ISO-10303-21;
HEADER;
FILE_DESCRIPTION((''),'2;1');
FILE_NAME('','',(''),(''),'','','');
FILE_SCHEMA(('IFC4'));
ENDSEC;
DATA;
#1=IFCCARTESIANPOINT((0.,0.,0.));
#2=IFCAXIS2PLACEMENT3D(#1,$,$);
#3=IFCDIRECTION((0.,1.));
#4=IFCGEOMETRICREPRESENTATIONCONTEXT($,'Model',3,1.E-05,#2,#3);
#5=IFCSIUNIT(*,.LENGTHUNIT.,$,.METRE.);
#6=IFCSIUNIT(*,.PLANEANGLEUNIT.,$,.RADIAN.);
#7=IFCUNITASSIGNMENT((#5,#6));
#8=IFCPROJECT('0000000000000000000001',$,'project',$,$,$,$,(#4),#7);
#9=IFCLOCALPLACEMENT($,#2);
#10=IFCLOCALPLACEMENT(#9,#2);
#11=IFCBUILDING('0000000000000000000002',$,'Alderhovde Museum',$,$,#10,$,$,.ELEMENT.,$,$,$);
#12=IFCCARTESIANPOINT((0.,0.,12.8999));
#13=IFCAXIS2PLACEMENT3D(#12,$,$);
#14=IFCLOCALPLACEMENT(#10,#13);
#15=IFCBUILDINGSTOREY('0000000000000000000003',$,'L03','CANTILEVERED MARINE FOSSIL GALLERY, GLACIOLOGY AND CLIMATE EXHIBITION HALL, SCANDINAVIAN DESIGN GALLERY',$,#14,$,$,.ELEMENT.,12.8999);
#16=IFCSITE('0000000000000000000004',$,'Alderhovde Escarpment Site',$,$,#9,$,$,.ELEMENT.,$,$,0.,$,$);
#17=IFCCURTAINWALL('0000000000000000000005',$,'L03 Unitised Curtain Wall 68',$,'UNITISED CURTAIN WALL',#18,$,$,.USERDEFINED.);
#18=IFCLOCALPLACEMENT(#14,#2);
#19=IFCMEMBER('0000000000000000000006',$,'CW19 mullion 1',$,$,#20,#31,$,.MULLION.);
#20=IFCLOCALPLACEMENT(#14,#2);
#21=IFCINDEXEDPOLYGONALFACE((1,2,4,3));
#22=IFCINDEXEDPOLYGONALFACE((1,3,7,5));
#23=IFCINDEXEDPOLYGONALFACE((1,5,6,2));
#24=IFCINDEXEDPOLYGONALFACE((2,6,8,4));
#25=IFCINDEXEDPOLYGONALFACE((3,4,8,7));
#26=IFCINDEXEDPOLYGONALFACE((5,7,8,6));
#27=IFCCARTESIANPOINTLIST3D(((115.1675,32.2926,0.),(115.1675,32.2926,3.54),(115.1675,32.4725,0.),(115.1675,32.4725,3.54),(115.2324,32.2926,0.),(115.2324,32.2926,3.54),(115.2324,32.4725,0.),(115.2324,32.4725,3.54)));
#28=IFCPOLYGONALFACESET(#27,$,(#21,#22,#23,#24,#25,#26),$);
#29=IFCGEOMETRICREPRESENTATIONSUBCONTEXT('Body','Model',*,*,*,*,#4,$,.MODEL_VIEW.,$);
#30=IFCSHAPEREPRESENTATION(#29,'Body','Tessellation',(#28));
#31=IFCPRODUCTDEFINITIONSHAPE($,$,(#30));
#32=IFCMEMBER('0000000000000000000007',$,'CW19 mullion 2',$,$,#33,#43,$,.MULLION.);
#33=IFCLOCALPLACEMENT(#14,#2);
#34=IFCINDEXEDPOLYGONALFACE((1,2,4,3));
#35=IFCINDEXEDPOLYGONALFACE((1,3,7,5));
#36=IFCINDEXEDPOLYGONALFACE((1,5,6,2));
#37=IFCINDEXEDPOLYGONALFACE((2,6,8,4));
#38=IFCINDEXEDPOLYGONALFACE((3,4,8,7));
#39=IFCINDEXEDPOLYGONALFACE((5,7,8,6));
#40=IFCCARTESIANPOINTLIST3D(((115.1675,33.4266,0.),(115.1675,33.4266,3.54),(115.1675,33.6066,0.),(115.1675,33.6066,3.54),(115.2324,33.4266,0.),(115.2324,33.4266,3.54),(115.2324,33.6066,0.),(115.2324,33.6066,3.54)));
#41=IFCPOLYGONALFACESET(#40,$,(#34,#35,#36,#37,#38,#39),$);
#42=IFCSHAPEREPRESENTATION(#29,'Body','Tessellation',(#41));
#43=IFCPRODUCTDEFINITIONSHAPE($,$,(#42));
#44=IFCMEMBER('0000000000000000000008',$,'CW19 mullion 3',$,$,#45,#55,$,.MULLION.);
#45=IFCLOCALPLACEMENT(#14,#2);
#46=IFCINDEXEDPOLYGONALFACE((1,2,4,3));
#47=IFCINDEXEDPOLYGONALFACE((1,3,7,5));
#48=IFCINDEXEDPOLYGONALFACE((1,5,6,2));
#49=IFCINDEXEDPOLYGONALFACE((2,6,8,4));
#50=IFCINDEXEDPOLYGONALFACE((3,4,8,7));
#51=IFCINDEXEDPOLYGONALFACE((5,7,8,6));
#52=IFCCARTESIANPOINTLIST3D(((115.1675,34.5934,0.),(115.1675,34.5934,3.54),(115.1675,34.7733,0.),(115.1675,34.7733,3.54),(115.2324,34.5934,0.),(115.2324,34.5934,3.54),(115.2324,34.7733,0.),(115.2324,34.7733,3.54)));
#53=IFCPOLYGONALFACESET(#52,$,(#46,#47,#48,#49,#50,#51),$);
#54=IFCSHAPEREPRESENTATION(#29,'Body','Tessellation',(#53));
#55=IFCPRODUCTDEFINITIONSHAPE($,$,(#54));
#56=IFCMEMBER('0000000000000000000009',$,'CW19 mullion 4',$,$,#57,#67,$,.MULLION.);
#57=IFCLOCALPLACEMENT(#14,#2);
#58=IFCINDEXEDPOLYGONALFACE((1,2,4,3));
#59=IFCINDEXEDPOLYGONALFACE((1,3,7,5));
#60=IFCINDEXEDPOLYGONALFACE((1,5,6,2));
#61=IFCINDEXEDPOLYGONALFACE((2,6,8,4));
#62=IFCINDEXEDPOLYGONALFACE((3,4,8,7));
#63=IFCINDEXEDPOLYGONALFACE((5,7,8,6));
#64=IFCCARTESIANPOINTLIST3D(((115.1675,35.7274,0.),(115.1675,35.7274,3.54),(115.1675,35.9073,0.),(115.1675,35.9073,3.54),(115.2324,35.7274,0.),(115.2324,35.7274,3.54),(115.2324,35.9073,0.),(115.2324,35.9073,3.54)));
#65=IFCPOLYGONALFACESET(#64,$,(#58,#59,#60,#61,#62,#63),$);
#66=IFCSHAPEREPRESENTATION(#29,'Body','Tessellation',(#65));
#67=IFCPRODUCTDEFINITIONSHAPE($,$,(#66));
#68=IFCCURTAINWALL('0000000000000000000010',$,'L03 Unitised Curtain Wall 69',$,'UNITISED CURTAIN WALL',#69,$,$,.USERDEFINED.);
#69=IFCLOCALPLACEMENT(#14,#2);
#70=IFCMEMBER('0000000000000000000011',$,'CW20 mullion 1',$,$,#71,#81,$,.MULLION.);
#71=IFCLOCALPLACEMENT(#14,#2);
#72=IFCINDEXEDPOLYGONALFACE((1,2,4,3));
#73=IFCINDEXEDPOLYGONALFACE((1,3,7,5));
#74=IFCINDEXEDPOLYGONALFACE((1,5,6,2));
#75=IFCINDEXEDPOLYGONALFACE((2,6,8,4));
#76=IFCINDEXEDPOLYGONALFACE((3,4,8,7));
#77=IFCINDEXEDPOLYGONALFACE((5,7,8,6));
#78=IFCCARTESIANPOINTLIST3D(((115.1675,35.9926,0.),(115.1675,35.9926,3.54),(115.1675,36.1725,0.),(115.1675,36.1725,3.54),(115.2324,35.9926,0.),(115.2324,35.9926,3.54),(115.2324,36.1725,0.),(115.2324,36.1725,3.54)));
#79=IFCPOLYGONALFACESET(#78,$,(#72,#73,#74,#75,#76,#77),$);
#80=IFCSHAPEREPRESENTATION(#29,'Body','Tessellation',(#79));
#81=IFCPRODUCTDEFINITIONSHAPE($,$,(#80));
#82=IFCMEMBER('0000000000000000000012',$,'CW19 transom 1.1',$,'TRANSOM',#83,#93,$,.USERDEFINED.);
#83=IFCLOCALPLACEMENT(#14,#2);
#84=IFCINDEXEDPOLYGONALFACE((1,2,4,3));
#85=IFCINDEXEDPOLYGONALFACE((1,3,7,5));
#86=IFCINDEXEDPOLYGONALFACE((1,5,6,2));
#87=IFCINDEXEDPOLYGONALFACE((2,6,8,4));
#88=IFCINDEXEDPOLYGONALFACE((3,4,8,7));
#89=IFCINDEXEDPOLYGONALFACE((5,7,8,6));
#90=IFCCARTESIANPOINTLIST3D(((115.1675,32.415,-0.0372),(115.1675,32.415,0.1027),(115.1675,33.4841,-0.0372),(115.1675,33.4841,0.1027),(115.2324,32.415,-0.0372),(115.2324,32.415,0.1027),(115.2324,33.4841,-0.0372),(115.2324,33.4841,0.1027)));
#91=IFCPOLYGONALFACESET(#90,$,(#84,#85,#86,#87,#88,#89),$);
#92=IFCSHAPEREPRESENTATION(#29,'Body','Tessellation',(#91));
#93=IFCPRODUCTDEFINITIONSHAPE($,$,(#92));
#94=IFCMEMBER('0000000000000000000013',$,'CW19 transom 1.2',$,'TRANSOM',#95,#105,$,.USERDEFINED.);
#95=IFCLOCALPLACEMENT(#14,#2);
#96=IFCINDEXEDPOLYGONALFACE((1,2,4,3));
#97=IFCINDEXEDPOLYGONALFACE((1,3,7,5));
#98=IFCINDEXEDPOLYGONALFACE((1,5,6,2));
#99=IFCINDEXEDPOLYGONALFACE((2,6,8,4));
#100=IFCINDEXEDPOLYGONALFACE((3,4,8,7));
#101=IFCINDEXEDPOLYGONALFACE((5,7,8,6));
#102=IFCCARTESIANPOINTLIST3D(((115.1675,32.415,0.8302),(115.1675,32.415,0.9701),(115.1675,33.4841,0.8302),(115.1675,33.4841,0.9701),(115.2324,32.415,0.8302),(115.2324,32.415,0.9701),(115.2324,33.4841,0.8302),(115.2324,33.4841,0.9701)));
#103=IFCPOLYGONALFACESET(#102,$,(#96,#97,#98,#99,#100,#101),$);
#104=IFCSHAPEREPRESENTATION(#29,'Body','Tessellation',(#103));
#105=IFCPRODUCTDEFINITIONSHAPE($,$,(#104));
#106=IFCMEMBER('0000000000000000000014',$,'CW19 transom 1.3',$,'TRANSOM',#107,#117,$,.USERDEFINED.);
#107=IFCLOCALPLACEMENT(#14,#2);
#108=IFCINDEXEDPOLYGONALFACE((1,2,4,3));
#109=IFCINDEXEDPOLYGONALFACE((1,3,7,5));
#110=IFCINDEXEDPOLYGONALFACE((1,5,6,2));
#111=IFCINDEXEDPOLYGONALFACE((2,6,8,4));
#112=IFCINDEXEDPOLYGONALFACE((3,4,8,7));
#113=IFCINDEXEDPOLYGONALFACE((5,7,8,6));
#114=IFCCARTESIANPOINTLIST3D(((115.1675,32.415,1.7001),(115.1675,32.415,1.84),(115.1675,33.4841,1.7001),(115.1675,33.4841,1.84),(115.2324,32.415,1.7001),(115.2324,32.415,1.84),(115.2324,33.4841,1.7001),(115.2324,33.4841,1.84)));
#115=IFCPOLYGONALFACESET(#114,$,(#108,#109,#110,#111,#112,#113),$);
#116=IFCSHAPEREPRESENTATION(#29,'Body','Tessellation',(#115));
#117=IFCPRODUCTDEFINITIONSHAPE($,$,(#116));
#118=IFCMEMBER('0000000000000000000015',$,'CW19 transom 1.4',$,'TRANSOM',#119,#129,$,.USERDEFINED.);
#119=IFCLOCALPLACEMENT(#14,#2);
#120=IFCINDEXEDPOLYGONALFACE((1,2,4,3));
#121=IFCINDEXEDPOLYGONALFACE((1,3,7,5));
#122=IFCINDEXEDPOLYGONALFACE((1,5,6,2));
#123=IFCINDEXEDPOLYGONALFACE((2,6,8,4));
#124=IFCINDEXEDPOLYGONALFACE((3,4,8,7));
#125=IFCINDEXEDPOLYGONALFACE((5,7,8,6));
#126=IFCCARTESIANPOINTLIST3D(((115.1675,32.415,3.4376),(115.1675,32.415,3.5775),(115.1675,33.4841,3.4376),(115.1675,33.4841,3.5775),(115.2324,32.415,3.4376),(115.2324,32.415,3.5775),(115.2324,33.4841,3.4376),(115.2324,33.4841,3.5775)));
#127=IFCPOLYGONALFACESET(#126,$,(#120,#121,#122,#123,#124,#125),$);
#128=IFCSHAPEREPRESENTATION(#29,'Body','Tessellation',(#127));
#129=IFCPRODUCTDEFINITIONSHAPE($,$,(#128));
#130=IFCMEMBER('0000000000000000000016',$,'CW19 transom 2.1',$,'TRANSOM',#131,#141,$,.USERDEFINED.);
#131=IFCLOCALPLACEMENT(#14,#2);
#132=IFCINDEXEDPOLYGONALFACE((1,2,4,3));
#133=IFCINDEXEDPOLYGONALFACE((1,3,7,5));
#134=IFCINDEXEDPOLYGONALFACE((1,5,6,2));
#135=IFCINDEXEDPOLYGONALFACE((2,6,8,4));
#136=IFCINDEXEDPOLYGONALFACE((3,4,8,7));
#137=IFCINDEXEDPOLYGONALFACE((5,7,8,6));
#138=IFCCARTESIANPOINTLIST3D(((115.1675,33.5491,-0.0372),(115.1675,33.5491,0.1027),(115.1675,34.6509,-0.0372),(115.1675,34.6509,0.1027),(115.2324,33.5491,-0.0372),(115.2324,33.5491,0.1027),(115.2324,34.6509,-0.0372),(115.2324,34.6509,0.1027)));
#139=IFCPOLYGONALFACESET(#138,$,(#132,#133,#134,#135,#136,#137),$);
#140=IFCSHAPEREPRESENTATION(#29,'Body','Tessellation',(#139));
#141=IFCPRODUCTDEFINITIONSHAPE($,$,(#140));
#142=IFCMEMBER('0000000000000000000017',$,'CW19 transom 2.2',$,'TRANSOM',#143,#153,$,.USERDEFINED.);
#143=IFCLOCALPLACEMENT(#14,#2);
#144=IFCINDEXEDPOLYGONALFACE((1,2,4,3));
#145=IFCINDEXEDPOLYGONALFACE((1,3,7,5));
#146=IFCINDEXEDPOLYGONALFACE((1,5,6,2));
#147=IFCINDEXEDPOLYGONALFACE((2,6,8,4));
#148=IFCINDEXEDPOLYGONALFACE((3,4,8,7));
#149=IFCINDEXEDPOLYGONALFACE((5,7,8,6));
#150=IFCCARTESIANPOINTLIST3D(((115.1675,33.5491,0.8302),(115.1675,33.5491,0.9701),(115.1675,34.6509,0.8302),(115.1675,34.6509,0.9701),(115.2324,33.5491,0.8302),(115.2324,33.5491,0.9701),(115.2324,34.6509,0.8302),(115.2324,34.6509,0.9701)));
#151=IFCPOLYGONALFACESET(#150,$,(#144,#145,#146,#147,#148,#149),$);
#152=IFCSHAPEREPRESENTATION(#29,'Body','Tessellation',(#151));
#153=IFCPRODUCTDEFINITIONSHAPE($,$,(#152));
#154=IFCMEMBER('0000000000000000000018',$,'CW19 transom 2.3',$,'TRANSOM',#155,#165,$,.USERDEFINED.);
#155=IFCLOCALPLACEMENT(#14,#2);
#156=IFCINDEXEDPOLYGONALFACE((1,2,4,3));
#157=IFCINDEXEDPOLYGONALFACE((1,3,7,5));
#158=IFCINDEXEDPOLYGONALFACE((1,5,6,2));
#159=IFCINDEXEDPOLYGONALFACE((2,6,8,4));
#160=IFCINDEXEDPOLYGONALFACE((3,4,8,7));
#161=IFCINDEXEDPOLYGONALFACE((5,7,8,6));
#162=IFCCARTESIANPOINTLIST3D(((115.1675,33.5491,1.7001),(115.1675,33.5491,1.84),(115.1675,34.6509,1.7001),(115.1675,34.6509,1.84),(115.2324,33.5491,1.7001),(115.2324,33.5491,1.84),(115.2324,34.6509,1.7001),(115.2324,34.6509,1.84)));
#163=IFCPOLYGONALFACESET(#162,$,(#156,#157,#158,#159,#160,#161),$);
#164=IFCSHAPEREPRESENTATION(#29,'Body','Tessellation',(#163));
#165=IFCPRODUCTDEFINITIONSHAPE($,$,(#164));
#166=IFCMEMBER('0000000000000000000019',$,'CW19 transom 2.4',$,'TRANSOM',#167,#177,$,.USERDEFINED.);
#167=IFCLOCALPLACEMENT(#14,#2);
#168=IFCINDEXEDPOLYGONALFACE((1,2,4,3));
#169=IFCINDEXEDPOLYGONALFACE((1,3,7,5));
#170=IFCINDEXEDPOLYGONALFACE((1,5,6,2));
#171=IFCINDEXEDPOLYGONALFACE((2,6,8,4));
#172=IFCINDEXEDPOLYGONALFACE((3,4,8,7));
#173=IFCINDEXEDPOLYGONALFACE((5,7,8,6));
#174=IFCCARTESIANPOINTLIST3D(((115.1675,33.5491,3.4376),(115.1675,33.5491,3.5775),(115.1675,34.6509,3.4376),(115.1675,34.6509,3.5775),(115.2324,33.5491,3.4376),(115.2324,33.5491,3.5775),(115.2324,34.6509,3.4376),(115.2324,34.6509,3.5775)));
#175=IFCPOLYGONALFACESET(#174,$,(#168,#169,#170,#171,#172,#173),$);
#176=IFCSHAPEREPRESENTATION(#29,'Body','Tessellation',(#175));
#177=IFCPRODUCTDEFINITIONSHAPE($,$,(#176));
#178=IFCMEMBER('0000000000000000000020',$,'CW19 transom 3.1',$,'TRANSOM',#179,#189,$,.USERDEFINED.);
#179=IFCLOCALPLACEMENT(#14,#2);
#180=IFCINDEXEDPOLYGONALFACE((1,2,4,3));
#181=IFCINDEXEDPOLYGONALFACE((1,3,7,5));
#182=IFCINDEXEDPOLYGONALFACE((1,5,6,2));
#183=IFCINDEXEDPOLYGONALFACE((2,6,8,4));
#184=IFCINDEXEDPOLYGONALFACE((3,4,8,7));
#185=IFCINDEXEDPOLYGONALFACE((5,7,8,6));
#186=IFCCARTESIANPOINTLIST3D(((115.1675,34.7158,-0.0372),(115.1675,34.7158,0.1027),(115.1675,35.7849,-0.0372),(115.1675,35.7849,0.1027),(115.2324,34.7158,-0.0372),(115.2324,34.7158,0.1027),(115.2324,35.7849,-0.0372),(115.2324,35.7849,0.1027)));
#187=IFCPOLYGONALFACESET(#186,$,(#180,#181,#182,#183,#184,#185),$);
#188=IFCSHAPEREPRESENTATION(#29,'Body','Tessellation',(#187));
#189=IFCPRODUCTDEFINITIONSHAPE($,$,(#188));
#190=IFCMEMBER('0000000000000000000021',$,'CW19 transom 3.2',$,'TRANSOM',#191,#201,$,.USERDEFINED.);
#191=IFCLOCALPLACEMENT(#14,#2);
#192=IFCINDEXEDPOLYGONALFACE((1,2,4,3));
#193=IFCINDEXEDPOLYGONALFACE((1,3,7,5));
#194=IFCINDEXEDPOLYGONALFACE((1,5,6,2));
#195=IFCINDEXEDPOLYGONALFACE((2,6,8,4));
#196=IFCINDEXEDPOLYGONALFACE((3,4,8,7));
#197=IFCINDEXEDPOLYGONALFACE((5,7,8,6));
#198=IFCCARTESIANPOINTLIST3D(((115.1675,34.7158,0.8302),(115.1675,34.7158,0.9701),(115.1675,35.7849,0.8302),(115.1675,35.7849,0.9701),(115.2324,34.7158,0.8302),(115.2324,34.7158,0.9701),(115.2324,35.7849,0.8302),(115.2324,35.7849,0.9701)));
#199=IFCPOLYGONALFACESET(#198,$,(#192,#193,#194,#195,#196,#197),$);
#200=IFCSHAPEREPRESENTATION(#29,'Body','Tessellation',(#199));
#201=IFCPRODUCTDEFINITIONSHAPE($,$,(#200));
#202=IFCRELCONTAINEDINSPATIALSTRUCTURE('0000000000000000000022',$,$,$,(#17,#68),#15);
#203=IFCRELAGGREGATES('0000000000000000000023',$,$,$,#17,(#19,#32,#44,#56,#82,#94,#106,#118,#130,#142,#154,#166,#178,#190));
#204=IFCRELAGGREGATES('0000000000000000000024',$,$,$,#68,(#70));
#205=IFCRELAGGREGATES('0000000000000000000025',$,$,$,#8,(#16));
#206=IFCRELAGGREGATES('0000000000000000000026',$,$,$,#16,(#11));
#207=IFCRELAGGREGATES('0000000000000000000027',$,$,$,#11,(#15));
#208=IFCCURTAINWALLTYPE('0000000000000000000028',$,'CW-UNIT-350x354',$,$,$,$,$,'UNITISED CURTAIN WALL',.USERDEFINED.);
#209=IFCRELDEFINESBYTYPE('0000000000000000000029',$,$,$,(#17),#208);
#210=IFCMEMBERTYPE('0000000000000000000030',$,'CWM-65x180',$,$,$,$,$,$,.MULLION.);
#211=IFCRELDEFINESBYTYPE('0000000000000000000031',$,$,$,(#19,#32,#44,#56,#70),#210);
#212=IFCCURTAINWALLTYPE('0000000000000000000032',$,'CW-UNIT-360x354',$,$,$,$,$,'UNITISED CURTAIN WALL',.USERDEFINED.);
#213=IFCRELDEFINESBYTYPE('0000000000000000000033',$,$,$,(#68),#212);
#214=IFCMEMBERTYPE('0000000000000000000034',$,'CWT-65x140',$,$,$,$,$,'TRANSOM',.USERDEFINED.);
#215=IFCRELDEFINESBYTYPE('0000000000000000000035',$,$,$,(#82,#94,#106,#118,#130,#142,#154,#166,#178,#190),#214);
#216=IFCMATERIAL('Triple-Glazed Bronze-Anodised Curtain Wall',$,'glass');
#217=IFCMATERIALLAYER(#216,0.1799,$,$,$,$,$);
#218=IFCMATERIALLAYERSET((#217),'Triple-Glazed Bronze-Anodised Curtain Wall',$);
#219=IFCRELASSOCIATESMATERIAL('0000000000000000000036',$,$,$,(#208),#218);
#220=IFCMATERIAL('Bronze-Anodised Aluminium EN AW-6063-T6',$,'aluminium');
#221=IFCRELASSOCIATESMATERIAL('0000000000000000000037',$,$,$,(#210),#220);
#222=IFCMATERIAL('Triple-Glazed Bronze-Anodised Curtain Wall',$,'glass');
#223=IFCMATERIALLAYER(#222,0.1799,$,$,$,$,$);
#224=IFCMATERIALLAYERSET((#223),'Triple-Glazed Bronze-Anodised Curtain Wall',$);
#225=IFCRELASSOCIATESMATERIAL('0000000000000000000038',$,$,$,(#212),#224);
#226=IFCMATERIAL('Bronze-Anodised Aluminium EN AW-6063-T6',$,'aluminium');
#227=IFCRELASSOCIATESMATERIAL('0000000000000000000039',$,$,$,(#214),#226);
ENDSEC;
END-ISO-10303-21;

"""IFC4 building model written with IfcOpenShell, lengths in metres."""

from ifc_helpers import new_model, si_unit, direction, frame, origin, origin_2d, place, context, subcontext, project, spatial, rectangle, extrude, material, layer, layer_set, material_profile, profile_set, type_object, element, aggregate, save


model = new_model("IFC4")

# Units and contexts
model_context = context("Model", 3, precision=1e-05, world=origin(), true_north=direction((0.0, 1.0)))
body_context = subcontext(model_context, "Body", "Model", "MODEL_VIEW")
ifc_project = project(units=[si_unit("LENGTHUNIT", "METRE"), si_unit("PLANEANGLEUNIT", "RADIAN")], contexts=[model_context])

# Site, building, storey
site_placement = place(None, origin())
site = spatial("IfcSite", under=ifc_project, at=site_placement, Name="Alderhovde Escarpment Site", CompositionType="ELEMENT", RefElevation=0.0)
building_placement = place(site_placement, origin())
building = spatial("IfcBuilding", under=site, at=building_placement, Name="Alderhovde Museum", CompositionType="ELEMENT")
storey_placement = place(building_placement, frame((0.0, 0.0, 12.8999)))
storey = spatial("IfcBuildingStorey", under=building, at=storey_placement, Name="L03", Description="CANTILEVERED MARINE FOSSIL GALLERY, GLACIOLOGY AND CLIMATE EXHIBITION HALL, SCANDINAVIAN DESIGN GALLERY", CompositionType="ELEMENT", Elevation=12.8999)

# Curtain wall, members
ifc_material_1 = material(Name="Triple-Glazed Bronze-Anodised Curtain Wall", Category="glass")
ifc_layer_1 = layer(ifc_material_1, 0.1799)
ifc_layer_set_1 = layer_set([ifc_layer_1], Name="Triple-Glazed Bronze-Anodised Curtain Wall")
curtain_wall_type_1 = type_object("IfcCurtainWallType", Name="CW-UNIT-350x354", ElementType="UNITISED CURTAIN WALL", PredefinedType="USERDEFINED", material=ifc_layer_set_1)
curtain_wall_1_placement = place(storey_placement, origin())
curtain_wall_1 = element("IfcCurtainWall", 1, at=curtain_wall_1_placement, inside=storey, type_object=curtain_wall_type_1, Name="L03 Unitised Curtain Wall 68", ObjectType="UNITISED CURTAIN WALL", PredefinedType="USERDEFINED")
ifc_material_2 = material(Name="Bronze-Anodised Aluminium EN AW-6063-T6", Category="aluminium")
ifc_material_profile_1 = material_profile(ifc_material_2, rectangle(XDim=0.0649, YDim=0.1799, at=origin_2d()), Name="MULLION 65x180")
ifc_profile_set_1 = profile_set([ifc_material_profile_1], Name="Bronze-Anodised Aluminium EN AW-6063-T6")
member_type_1 = type_object("IfcMemberType", Name="CWM-65x180", PredefinedType="MULLION", material=ifc_profile_set_1)
member_1_placement = place(storey_placement, frame((115.2, 32.3826, 0.0), z_axis=(0.0, 0.0, 1.0), x_axis=(-1.0, 0.0, 0.0)))
member_1 = element("IfcMember", 2, at=member_1_placement, type_object=member_type_1, Name="CW19 mullion 1", PredefinedType="MULLION", context=body_context, shape_type="SweptSolid", body=[
    extrude(rectangle(XDim=0.0649, YDim=0.1799, at=origin_2d()), origin(), (0.0, 0.0, 1.0), 3.54),
])
member_2_placement = place(storey_placement, frame((115.2, 33.5166, 0.0), z_axis=(0.0, 0.0, 1.0), x_axis=(-1.0, 0.0, 0.0)))
member_2 = element("IfcMember", 3, at=member_2_placement, type_object=member_type_1, Name="CW19 mullion 2", PredefinedType="MULLION", context=body_context, shape_type="SweptSolid", body=[
    extrude(rectangle(XDim=0.0649, YDim=0.1799, at=origin_2d()), origin(), (0.0, 0.0, 1.0), 3.54),
])
member_3_placement = place(storey_placement, frame((115.2, 34.6833, 0.0), z_axis=(0.0, 0.0, 1.0), x_axis=(-1.0, 0.0, 0.0)))
member_3 = element("IfcMember", 4, at=member_3_placement, type_object=member_type_1, Name="CW19 mullion 3", PredefinedType="MULLION", context=body_context, shape_type="SweptSolid", body=[
    extrude(rectangle(XDim=0.0649, YDim=0.1799, at=origin_2d()), origin(), (0.0, 0.0, 1.0), 3.54),
])
member_4_placement = place(storey_placement, frame((115.2, 35.8174, 0.0), z_axis=(0.0, 0.0, 1.0), x_axis=(-1.0, 0.0, 0.0)))
member_4 = element("IfcMember", 5, at=member_4_placement, type_object=member_type_1, Name="CW19 mullion 4", PredefinedType="MULLION", context=body_context, shape_type="SweptSolid", body=[
    extrude(rectangle(XDim=0.0649, YDim=0.1799, at=origin_2d()), origin(), (0.0, 0.0, 1.0), 3.54),
])

# Curtain wall, member
ifc_material_3 = material(Name="Triple-Glazed Bronze-Anodised Curtain Wall", Category="glass")
ifc_layer_2 = layer(ifc_material_3, 0.1799)
ifc_layer_set_2 = layer_set([ifc_layer_2], Name="Triple-Glazed Bronze-Anodised Curtain Wall")
curtain_wall_type_2 = type_object("IfcCurtainWallType", Name="CW-UNIT-360x354", ElementType="UNITISED CURTAIN WALL", PredefinedType="USERDEFINED", material=ifc_layer_set_2)
curtain_wall_2_placement = place(storey_placement, origin())
curtain_wall_2 = element("IfcCurtainWall", 6, at=curtain_wall_2_placement, inside=storey, type_object=curtain_wall_type_2, Name="L03 Unitised Curtain Wall 69", ObjectType="UNITISED CURTAIN WALL", PredefinedType="USERDEFINED")
member_5_placement = place(storey_placement, frame((115.2, 36.0825, 0.0), z_axis=(0.0, 0.0, 1.0), x_axis=(-1.0, 0.0, 0.0)))
member_5 = element("IfcMember", 7, at=member_5_placement, type_object=member_type_1, Name="CW20 mullion 1", PredefinedType="MULLION", context=body_context, shape_type="SweptSolid", body=[
    extrude(rectangle(XDim=0.0649, YDim=0.1799, at=origin_2d()), origin(), (0.0, 0.0, 1.0), 3.54),
])

# Members
ifc_material_4 = material(Name="Bronze-Anodised Aluminium EN AW-6063-T6", Category="aluminium")
ifc_material_profile_2 = material_profile(ifc_material_4, rectangle(XDim=0.0649, YDim=0.1399, at=origin_2d()), Name="TRANSOM 65x140")
ifc_profile_set_2 = profile_set([ifc_material_profile_2], Name="Bronze-Anodised Aluminium EN AW-6063-T6")
member_type_2 = type_object("IfcMemberType", Name="CWT-65x140", ElementType="TRANSOM", PredefinedType="USERDEFINED", material=ifc_profile_set_2)
member_6_placement = place(storey_placement, frame((115.2, 32.415, 0.0327), z_axis=(0.0, 1.0, 0.0), x_axis=(-1.0, 0.0, 0.0)))
member_6 = element("IfcMember", 8, at=member_6_placement, type_object=member_type_2, Name="CW19 transom 1.1", ObjectType="TRANSOM", PredefinedType="USERDEFINED", context=body_context, shape_type="SweptSolid", body=[
    extrude(rectangle(XDim=0.0649, YDim=0.1399, at=origin_2d()), origin(), (0.0, 0.0, 1.0), 1.0691),
])
member_7_placement = place(storey_placement, frame((115.2, 32.415, 0.9001), z_axis=(0.0, 1.0, 0.0), x_axis=(-1.0, 0.0, 0.0)))
member_7 = element("IfcMember", 9, at=member_7_placement, type_object=member_type_2, Name="CW19 transom 1.2", ObjectType="TRANSOM", PredefinedType="USERDEFINED", context=body_context, shape_type="SweptSolid", body=[
    extrude(rectangle(XDim=0.0649, YDim=0.1399, at=origin_2d()), origin(), (0.0, 0.0, 1.0), 1.0691),
])
member_8_placement = place(storey_placement, frame((115.2, 32.415, 1.77), z_axis=(0.0, 1.0, 0.0), x_axis=(-1.0, 0.0, 0.0)))
member_8 = element("IfcMember", 10, at=member_8_placement, type_object=member_type_2, Name="CW19 transom 1.3", ObjectType="TRANSOM", PredefinedType="USERDEFINED", context=body_context, shape_type="SweptSolid", body=[
    extrude(rectangle(XDim=0.0649, YDim=0.1399, at=origin_2d()), origin(), (0.0, 0.0, 1.0), 1.0691),
])
member_9_placement = place(storey_placement, frame((115.2, 32.415, 3.5076), z_axis=(0.0, 1.0, 0.0), x_axis=(-1.0, 0.0, 0.0)))
member_9 = element("IfcMember", 11, at=member_9_placement, type_object=member_type_2, Name="CW19 transom 1.4", ObjectType="TRANSOM", PredefinedType="USERDEFINED", context=body_context, shape_type="SweptSolid", body=[
    extrude(rectangle(XDim=0.0649, YDim=0.1399, at=origin_2d()), origin(), (0.0, 0.0, 1.0), 1.0691),
])
member_10_placement = place(storey_placement, frame((115.2, 33.5491, 0.0327), z_axis=(0.0, 1.0, 0.0), x_axis=(-1.0, 0.0, 0.0)))
member_10 = element("IfcMember", 12, at=member_10_placement, type_object=member_type_2, Name="CW19 transom 2.1", ObjectType="TRANSOM", PredefinedType="USERDEFINED", context=body_context, shape_type="SweptSolid", body=[
    extrude(rectangle(XDim=0.0649, YDim=0.1399, at=origin_2d()), origin(), (0.0, 0.0, 1.0), 1.1018),
])
member_11_placement = place(storey_placement, frame((115.2, 33.5491, 0.9001), z_axis=(0.0, 1.0, 0.0), x_axis=(-1.0, 0.0, 0.0)))
member_11 = element("IfcMember", 13, at=member_11_placement, type_object=member_type_2, Name="CW19 transom 2.2", ObjectType="TRANSOM", PredefinedType="USERDEFINED", context=body_context, shape_type="SweptSolid", body=[
    extrude(rectangle(XDim=0.0649, YDim=0.1399, at=origin_2d()), origin(), (0.0, 0.0, 1.0), 1.1018),
])
member_12_placement = place(storey_placement, frame((115.2, 33.5491, 1.77), z_axis=(0.0, 1.0, 0.0), x_axis=(-1.0, 0.0, 0.0)))
member_12 = element("IfcMember", 14, at=member_12_placement, type_object=member_type_2, Name="CW19 transom 2.3", ObjectType="TRANSOM", PredefinedType="USERDEFINED", context=body_context, shape_type="SweptSolid", body=[
    extrude(rectangle(XDim=0.0649, YDim=0.1399, at=origin_2d()), origin(), (0.0, 0.0, 1.0), 1.1018),
])
member_13_placement = place(storey_placement, frame((115.2, 33.5491, 3.5076), z_axis=(0.0, 1.0, 0.0), x_axis=(-1.0, 0.0, 0.0)))
member_13 = element("IfcMember", 15, at=member_13_placement, type_object=member_type_2, Name="CW19 transom 2.4", ObjectType="TRANSOM", PredefinedType="USERDEFINED", context=body_context, shape_type="SweptSolid", body=[
    extrude(rectangle(XDim=0.0649, YDim=0.1399, at=origin_2d()), origin(), (0.0, 0.0, 1.0), 1.1018),
])
member_14_placement = place(storey_placement, frame((115.2, 34.7158, 0.0327), z_axis=(0.0, 1.0, 0.0), x_axis=(-1.0, 0.0, 0.0)))
member_14 = element("IfcMember", 16, at=member_14_placement, type_object=member_type_2, Name="CW19 transom 3.1", ObjectType="TRANSOM", PredefinedType="USERDEFINED", context=body_context, shape_type="SweptSolid", body=[
    extrude(rectangle(XDim=0.0649, YDim=0.1399, at=origin_2d()), origin(), (0.0, 0.0, 1.0), 1.0691),
])
member_15_placement = place(storey_placement, frame((115.2, 34.7158, 0.9001), z_axis=(0.0, 1.0, 0.0), x_axis=(-1.0, 0.0, 0.0)))
member_15 = element("IfcMember", 17, at=member_15_placement, type_object=member_type_2, Name="CW19 transom 3.2", ObjectType="TRANSOM", PredefinedType="USERDEFINED", context=body_context, shape_type="SweptSolid", body=[
    extrude(rectangle(XDim=0.0649, YDim=0.1399, at=origin_2d()), origin(), (0.0, 0.0, 1.0), 1.0691),
])

aggregate(curtain_wall_1, [member_1, member_2, member_3, member_4, member_6, member_7, member_8, member_9, member_10, member_11, member_12, member_13, member_14, member_15])
aggregate(curtain_wall_2, [member_5])

save(model, "model.ifc")
